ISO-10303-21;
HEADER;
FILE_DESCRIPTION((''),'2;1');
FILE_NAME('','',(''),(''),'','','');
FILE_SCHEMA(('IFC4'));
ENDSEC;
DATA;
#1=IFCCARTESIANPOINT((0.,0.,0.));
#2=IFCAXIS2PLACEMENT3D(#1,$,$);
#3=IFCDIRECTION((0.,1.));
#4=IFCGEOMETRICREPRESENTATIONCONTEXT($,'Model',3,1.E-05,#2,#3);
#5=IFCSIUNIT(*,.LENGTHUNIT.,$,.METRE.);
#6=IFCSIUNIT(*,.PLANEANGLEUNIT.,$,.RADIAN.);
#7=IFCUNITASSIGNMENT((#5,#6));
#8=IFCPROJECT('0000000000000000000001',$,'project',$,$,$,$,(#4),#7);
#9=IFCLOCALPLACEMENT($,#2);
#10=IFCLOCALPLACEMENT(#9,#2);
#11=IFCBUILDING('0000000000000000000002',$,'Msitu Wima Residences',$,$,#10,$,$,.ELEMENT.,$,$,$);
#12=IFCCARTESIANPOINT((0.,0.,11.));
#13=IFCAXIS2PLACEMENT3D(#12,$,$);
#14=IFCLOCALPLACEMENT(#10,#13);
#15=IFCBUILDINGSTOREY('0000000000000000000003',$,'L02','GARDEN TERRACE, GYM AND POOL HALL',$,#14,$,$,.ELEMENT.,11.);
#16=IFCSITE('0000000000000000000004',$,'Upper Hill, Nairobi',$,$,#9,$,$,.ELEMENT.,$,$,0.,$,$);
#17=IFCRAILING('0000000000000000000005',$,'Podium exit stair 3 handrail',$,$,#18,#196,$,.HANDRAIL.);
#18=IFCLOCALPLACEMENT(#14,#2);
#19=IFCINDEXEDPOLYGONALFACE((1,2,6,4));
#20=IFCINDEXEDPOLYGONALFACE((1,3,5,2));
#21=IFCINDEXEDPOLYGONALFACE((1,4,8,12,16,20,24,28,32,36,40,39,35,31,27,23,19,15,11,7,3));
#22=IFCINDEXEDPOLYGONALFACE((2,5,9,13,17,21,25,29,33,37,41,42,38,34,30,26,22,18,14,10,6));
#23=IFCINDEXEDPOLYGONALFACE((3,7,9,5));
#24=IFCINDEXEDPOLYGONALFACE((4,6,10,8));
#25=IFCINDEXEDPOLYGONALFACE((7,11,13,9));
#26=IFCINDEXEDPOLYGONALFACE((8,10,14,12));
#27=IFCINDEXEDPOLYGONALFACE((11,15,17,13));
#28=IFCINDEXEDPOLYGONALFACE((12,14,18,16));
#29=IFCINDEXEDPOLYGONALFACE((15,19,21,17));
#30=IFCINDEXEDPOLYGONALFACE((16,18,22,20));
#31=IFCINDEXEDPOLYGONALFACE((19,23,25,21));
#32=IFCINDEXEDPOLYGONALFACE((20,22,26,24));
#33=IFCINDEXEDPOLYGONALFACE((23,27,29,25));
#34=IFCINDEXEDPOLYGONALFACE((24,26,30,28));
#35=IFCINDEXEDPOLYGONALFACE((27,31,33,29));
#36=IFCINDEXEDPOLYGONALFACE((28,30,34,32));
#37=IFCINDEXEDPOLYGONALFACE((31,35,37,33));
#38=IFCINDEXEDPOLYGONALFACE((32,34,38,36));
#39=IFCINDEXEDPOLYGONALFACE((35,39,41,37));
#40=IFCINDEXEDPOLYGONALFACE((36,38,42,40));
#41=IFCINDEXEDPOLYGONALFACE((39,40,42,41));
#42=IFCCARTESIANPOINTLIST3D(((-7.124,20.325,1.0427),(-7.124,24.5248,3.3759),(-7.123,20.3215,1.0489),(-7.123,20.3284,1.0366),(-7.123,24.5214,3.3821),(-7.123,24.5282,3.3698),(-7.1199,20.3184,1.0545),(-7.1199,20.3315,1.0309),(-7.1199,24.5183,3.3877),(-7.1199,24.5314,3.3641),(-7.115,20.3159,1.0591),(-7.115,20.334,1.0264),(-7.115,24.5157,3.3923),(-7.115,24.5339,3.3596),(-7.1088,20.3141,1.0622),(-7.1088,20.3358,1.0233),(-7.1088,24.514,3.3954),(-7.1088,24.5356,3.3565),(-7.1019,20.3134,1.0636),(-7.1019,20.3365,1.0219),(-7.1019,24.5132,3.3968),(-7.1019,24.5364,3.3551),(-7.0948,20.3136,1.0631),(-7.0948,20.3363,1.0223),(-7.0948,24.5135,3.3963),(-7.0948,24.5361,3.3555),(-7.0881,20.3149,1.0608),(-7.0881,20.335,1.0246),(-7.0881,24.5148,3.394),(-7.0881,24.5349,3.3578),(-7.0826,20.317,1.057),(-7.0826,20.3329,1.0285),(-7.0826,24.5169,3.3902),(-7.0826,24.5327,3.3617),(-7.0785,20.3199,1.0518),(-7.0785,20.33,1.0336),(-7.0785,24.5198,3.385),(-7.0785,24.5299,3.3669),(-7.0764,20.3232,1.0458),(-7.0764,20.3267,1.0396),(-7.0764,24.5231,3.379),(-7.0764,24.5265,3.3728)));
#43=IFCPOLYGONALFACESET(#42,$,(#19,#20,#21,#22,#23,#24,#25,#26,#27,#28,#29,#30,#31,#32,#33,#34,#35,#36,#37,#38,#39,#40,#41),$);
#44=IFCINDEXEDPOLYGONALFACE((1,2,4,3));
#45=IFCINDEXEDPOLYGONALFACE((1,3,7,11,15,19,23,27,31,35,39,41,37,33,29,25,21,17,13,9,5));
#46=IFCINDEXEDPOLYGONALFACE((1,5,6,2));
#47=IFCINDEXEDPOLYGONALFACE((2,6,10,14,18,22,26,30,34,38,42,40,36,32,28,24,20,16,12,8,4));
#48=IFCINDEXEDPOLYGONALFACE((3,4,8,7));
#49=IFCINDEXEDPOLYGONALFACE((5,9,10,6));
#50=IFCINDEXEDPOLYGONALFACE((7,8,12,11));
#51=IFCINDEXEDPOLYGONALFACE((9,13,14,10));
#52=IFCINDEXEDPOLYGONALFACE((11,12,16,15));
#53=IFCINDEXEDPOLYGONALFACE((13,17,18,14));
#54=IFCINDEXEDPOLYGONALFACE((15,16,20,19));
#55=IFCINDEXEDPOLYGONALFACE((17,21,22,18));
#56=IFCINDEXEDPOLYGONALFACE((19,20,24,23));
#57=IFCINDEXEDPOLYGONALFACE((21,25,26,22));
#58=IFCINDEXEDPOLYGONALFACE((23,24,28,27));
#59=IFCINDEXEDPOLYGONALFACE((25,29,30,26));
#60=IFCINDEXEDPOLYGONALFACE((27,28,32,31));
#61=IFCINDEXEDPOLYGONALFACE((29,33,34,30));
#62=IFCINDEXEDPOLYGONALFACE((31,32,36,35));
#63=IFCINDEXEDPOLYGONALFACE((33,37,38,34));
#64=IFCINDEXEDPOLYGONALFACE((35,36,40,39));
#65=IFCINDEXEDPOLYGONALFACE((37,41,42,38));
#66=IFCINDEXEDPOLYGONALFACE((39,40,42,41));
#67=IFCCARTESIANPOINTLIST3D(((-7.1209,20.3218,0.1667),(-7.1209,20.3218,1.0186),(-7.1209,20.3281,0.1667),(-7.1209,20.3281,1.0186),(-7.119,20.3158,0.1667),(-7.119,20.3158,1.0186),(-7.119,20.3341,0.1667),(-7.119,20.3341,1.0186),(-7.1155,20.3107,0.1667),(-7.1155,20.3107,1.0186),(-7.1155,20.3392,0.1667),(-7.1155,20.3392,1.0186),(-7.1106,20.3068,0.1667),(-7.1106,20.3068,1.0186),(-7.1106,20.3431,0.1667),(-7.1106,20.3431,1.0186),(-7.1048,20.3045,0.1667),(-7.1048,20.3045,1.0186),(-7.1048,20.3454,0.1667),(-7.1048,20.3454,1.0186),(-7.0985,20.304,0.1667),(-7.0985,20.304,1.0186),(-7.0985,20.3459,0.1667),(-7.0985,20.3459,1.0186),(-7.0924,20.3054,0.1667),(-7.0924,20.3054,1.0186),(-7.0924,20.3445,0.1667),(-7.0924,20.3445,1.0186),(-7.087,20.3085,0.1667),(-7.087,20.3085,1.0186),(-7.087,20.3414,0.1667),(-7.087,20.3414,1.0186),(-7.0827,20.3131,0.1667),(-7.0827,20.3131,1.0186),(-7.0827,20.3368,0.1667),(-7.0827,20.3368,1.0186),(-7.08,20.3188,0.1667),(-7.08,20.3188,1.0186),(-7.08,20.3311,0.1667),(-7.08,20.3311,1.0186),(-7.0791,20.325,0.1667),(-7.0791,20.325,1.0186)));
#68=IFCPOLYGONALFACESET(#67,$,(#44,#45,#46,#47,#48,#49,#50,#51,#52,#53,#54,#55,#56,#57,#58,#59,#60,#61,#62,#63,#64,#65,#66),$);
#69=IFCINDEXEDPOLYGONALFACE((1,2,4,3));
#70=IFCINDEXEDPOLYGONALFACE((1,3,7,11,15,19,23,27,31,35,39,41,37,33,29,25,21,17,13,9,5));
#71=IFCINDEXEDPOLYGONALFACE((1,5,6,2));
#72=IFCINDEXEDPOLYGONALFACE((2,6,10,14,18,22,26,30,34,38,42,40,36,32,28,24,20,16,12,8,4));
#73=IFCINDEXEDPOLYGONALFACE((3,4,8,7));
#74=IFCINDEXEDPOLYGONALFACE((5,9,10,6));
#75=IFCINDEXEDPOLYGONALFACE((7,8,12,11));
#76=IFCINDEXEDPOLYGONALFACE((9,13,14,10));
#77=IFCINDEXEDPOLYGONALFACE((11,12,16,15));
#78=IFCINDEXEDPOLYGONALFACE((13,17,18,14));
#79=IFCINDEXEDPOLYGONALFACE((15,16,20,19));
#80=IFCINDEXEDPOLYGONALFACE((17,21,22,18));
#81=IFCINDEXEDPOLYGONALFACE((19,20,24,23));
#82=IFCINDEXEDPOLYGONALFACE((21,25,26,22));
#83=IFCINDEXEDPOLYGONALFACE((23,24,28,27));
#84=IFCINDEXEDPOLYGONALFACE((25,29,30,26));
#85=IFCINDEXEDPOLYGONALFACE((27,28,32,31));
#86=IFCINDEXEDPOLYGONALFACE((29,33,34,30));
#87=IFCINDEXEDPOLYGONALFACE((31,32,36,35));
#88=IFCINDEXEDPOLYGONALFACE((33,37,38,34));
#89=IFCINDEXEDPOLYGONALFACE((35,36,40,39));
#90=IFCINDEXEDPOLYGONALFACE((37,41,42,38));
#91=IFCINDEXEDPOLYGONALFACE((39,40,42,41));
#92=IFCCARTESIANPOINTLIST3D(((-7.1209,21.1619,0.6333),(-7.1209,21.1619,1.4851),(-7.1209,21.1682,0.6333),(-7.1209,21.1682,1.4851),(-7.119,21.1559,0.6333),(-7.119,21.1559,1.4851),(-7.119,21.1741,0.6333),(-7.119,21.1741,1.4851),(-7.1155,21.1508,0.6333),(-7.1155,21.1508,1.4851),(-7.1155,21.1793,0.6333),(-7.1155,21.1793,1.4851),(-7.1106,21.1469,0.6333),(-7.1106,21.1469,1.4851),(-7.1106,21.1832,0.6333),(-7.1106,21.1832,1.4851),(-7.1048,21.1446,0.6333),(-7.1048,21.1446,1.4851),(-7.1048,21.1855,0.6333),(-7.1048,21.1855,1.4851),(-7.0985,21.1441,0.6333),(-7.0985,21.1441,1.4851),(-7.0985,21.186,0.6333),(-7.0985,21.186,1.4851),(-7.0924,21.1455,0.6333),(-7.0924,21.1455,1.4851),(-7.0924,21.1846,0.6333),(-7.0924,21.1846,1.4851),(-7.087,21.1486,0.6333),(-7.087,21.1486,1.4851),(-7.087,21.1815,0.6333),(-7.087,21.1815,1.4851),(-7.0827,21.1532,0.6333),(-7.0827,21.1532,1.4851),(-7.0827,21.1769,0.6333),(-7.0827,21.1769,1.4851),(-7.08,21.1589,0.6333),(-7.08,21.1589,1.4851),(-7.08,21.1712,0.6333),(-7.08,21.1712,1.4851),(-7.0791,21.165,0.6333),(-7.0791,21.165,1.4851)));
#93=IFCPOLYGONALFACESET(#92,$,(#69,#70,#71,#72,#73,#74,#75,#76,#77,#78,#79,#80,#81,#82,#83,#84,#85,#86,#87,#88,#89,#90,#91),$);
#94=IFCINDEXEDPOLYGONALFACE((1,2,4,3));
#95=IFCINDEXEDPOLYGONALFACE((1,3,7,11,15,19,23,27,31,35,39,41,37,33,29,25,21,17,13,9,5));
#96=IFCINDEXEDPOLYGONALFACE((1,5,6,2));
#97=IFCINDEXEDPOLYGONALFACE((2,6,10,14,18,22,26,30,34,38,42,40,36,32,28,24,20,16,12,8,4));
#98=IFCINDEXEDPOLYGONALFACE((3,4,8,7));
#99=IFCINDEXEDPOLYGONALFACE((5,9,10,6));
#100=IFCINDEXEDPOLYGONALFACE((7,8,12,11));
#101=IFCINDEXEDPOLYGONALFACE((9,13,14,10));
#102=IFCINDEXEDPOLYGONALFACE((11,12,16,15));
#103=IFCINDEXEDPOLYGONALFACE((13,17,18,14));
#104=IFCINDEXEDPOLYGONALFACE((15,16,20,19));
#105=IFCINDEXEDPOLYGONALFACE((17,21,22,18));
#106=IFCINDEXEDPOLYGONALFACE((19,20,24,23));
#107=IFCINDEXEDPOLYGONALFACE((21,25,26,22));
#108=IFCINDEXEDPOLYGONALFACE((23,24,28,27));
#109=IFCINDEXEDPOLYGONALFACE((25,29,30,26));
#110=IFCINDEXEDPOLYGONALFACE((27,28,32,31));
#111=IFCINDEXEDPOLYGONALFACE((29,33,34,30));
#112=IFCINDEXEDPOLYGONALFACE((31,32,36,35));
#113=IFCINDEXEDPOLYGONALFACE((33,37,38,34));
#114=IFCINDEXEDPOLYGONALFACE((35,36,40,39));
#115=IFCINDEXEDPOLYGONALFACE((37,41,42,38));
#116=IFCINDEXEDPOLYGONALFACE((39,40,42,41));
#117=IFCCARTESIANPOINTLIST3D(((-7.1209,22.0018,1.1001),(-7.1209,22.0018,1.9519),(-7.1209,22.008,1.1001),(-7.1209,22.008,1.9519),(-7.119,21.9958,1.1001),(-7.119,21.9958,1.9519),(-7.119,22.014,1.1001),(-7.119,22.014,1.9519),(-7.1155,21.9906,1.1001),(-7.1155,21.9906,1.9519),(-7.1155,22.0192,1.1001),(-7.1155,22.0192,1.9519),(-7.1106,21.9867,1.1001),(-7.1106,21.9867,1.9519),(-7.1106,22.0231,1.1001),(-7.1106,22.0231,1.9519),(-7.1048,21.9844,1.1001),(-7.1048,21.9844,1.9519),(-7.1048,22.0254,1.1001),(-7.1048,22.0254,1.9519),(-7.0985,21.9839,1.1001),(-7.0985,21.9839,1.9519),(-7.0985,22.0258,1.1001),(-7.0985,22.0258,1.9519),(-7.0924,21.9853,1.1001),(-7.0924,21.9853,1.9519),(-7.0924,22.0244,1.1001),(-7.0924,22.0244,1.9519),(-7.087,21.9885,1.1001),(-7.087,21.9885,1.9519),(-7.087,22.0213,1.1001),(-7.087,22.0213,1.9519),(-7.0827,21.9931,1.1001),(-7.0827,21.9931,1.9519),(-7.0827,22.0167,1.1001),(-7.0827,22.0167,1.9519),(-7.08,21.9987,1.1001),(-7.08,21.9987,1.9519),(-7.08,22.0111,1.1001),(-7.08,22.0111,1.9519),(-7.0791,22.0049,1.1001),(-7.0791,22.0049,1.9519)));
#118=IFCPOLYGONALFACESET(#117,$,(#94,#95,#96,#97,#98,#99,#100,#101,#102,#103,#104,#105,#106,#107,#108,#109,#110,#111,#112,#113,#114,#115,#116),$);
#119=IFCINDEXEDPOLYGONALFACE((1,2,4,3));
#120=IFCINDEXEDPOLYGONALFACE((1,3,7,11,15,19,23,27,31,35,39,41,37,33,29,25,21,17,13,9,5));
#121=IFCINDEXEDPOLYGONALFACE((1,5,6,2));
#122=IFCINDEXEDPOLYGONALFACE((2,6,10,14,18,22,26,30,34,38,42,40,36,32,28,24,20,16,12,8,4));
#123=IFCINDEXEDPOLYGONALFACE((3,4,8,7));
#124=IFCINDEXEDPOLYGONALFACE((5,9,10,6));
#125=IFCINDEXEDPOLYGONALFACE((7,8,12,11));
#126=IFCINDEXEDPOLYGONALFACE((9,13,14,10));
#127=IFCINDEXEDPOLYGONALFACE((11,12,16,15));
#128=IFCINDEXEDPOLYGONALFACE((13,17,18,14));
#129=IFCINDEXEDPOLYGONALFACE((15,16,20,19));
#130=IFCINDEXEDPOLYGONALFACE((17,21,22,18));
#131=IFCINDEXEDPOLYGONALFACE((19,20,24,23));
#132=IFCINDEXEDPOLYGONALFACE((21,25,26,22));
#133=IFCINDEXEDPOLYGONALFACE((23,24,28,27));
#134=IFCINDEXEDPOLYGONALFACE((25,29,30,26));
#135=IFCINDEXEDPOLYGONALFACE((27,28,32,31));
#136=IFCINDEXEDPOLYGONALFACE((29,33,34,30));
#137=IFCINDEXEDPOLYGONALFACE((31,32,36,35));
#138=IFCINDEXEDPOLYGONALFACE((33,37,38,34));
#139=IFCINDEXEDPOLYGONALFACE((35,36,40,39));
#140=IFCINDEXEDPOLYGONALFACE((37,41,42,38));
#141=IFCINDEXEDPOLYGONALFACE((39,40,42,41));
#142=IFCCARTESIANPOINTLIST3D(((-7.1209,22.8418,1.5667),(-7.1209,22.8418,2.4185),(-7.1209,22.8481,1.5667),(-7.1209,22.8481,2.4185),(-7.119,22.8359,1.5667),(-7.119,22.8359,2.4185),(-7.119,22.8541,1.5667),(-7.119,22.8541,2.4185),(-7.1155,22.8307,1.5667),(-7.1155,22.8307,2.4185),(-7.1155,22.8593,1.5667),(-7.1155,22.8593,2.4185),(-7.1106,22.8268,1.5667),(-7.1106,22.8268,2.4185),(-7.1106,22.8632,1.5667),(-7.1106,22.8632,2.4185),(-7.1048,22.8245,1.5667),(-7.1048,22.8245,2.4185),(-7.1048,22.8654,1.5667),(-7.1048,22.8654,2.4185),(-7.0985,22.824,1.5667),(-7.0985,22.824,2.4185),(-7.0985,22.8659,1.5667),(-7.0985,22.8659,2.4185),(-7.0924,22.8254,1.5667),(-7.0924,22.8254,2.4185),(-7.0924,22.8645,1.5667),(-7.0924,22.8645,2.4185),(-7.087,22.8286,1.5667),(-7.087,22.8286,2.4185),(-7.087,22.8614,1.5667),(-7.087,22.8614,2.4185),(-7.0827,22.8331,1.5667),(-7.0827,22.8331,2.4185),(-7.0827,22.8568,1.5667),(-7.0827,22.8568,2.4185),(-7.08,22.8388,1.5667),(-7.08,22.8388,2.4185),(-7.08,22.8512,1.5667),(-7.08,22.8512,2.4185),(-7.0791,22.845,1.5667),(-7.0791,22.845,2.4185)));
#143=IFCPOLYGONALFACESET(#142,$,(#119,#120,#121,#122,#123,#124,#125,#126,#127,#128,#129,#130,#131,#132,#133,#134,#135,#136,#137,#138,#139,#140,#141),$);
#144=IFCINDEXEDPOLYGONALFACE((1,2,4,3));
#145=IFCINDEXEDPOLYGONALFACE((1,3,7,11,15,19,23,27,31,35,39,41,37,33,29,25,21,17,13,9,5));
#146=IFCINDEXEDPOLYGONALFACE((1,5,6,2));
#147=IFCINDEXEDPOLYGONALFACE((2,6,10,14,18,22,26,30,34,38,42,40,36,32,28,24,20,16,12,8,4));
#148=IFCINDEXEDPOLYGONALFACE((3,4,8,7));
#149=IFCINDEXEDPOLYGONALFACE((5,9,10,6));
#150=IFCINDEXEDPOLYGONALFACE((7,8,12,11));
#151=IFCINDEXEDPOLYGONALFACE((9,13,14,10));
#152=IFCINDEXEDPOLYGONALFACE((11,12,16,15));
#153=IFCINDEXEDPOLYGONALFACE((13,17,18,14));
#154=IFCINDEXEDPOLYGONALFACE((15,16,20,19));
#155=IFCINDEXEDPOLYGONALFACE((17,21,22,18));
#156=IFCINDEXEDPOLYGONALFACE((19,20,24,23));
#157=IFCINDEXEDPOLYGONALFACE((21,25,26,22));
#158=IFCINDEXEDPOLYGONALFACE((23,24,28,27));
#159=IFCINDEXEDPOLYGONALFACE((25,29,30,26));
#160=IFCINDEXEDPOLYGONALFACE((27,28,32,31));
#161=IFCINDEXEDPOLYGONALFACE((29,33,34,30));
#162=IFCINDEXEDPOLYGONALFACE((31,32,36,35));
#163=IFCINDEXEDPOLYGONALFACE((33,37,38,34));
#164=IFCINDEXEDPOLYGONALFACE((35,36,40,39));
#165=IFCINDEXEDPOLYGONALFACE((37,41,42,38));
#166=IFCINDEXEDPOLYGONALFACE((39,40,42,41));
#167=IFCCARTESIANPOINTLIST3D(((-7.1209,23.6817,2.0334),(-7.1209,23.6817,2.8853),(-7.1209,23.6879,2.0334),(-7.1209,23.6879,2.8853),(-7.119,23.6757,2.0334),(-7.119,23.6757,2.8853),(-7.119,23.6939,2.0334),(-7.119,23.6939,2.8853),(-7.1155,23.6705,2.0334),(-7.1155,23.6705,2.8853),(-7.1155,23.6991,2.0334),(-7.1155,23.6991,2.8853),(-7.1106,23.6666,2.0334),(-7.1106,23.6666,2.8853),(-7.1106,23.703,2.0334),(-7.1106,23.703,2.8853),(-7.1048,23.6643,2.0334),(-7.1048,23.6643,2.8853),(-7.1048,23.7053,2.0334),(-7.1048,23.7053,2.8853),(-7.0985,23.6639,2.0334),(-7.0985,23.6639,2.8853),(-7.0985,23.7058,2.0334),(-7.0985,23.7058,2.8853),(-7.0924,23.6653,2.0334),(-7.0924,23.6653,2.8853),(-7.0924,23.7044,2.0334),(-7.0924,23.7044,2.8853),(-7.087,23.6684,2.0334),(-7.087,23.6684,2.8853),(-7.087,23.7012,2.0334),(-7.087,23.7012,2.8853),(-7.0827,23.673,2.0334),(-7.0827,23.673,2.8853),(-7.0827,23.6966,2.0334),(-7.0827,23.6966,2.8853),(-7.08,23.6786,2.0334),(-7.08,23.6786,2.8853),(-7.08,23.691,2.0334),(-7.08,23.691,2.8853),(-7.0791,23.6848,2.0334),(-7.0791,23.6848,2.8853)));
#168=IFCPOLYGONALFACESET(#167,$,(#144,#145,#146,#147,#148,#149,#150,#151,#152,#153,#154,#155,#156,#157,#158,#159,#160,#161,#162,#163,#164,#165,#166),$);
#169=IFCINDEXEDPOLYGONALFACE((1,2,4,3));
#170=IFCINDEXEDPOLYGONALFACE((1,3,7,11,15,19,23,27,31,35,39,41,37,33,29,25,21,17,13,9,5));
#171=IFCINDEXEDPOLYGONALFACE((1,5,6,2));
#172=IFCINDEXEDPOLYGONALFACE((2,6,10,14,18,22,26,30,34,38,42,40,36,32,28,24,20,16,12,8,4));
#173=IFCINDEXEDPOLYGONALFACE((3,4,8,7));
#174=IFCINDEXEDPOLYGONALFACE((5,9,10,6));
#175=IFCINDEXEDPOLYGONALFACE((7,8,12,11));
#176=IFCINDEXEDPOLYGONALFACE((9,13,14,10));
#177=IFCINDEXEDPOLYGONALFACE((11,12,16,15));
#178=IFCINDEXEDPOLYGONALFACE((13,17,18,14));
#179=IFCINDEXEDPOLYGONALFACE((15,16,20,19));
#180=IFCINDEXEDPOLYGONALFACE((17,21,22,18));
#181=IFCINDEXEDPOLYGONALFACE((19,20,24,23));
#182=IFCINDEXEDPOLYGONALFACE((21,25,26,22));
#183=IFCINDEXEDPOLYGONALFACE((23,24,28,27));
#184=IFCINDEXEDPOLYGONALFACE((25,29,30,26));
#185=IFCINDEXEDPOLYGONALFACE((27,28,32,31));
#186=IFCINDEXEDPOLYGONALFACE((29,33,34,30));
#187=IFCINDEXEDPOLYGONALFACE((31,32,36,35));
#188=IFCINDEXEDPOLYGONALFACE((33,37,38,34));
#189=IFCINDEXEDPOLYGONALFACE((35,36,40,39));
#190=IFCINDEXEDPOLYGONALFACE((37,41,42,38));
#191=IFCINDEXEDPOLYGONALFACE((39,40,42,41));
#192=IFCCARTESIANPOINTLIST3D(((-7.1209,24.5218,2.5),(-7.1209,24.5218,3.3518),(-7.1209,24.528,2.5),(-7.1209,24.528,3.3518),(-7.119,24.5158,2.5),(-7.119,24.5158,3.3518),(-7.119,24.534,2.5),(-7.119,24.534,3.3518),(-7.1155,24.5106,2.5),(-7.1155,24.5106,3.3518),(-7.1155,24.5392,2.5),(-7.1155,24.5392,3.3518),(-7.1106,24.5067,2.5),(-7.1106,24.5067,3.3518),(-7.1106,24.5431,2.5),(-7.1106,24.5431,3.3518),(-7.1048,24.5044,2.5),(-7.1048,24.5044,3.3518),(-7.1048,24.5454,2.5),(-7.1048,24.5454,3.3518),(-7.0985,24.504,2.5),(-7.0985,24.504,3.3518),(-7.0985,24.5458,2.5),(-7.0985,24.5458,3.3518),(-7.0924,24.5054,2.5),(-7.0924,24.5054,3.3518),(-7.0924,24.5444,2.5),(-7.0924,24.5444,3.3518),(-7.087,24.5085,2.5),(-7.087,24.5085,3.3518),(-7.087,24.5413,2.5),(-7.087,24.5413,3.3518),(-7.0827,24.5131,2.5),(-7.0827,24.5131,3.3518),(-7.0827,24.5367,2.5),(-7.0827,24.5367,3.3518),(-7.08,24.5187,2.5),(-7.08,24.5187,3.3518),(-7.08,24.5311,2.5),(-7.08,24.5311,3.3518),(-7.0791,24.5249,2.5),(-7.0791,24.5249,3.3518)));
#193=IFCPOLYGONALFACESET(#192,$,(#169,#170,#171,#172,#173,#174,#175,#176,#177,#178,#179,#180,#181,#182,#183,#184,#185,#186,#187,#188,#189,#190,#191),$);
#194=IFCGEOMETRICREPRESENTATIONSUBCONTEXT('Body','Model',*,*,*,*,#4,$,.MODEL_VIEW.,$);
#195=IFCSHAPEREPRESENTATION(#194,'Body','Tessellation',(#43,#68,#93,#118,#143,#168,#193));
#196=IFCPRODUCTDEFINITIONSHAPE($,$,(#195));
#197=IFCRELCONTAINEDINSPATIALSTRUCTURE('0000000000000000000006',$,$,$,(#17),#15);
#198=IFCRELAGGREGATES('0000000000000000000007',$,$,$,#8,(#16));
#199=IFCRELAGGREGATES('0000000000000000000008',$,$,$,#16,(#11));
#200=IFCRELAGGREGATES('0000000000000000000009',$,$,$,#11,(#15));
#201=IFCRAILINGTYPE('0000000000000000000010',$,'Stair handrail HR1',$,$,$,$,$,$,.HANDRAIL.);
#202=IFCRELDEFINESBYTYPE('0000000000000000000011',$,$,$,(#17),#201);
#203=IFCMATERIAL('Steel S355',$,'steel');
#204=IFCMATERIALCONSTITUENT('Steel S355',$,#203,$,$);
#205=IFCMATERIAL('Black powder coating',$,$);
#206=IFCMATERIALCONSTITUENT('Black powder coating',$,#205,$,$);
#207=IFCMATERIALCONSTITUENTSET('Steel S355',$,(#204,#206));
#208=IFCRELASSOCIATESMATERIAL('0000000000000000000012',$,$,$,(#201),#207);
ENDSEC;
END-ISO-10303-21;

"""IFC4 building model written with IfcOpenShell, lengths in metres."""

from ifc_helpers import new_model, si_unit, direction, frame, origin, origin_2d, place, context, subcontext, project, spatial, circle, extrude, material, constituent, constituent_set, type_object, element, save


model = new_model("IFC4")

# Units and contexts
model_context = context("Model", 3, precision=1e-05, world=origin(), true_north=direction((0.0, 1.0)))
body_context = subcontext(model_context, "Body", "Model", "MODEL_VIEW")
ifc_project = project(units=[si_unit("LENGTHUNIT", "METRE"), si_unit("PLANEANGLEUNIT", "RADIAN")], contexts=[model_context])

# Site, building, storey
site_placement = place(None, origin())
site = spatial("IfcSite", under=ifc_project, at=site_placement, Name="Upper Hill, Nairobi", CompositionType="ELEMENT", RefElevation=0.0)
building_placement = place(site_placement, origin())
building = spatial("IfcBuilding", under=site, at=building_placement, Name="Msitu Wima Residences", CompositionType="ELEMENT")
storey_placement = place(building_placement, frame((0.0, 0.0, 11.0)))
storey = spatial("IfcBuildingStorey", under=building, at=storey_placement, Name="L02", Description="GARDEN TERRACE, GYM AND POOL HALL", CompositionType="ELEMENT", Elevation=11.0)

# Railing
ifc_material_1 = material(Name="Steel S355", Category="steel")
ifc_constituent_1 = constituent(ifc_material_1, Name="Steel S355")
ifc_material_2 = material(Name="Black powder coating")
ifc_constituent_2 = constituent(ifc_material_2, Name="Black powder coating")
ifc_constituent_set = constituent_set(constituents=[ifc_constituent_1, ifc_constituent_2], Name="Steel S355")
railing_type = type_object("IfcRailingType", Name="Stair handrail HR1", PredefinedType="HANDRAIL", material=ifc_constituent_set)
for number, where, name in (
    (1, (-7.1001, 20.325, 0.1667), "Podium exit stair 3 handrail"),
):
    element("IfcRailing", number, at=place(storey_placement, frame(where)), inside=storey, type_object=railing_type, Name=name, PredefinedType="HANDRAIL", context=body_context, shape_type="SweptSolid", body=[
        extrude(circle(Radius=0.0239, at=origin_2d()), frame((0.0, 0.0, 0.876), z_axis=(0.0, 0.874162, 0.485634), x_axis=(-1.0, 0.0, 0.0)), (0.0, 0.0, 1.0), 4.8044),
        extrude(circle(Radius=0.021, at=origin_2d()), origin(), (0.0, 0.0, 1.0), 0.8518),
        extrude(circle(Radius=0.021, at=origin_2d()), frame((0.0, 0.8401, 0.4666)), (0.0, 0.0, 1.0), 0.8518),
        extrude(circle(Radius=0.021, at=origin_2d()), frame((0.0, 1.6799, 0.9333)), (0.0, 0.0, 1.0), 0.8518),
        extrude(circle(Radius=0.021, at=origin_2d()), frame((0.0, 2.52, 1.3999)), (0.0, 0.0, 1.0), 0.8518),
        extrude(circle(Radius=0.021, at=origin_2d()), frame((0.0, 3.3599, 1.8667)), (0.0, 0.0, 1.0), 0.8518),
        extrude(circle(Radius=0.021, at=origin_2d()), frame((0.0, 4.2, 2.3333)), (0.0, 0.0, 1.0), 0.8518),
    ])

save(model, "model.ifc")
